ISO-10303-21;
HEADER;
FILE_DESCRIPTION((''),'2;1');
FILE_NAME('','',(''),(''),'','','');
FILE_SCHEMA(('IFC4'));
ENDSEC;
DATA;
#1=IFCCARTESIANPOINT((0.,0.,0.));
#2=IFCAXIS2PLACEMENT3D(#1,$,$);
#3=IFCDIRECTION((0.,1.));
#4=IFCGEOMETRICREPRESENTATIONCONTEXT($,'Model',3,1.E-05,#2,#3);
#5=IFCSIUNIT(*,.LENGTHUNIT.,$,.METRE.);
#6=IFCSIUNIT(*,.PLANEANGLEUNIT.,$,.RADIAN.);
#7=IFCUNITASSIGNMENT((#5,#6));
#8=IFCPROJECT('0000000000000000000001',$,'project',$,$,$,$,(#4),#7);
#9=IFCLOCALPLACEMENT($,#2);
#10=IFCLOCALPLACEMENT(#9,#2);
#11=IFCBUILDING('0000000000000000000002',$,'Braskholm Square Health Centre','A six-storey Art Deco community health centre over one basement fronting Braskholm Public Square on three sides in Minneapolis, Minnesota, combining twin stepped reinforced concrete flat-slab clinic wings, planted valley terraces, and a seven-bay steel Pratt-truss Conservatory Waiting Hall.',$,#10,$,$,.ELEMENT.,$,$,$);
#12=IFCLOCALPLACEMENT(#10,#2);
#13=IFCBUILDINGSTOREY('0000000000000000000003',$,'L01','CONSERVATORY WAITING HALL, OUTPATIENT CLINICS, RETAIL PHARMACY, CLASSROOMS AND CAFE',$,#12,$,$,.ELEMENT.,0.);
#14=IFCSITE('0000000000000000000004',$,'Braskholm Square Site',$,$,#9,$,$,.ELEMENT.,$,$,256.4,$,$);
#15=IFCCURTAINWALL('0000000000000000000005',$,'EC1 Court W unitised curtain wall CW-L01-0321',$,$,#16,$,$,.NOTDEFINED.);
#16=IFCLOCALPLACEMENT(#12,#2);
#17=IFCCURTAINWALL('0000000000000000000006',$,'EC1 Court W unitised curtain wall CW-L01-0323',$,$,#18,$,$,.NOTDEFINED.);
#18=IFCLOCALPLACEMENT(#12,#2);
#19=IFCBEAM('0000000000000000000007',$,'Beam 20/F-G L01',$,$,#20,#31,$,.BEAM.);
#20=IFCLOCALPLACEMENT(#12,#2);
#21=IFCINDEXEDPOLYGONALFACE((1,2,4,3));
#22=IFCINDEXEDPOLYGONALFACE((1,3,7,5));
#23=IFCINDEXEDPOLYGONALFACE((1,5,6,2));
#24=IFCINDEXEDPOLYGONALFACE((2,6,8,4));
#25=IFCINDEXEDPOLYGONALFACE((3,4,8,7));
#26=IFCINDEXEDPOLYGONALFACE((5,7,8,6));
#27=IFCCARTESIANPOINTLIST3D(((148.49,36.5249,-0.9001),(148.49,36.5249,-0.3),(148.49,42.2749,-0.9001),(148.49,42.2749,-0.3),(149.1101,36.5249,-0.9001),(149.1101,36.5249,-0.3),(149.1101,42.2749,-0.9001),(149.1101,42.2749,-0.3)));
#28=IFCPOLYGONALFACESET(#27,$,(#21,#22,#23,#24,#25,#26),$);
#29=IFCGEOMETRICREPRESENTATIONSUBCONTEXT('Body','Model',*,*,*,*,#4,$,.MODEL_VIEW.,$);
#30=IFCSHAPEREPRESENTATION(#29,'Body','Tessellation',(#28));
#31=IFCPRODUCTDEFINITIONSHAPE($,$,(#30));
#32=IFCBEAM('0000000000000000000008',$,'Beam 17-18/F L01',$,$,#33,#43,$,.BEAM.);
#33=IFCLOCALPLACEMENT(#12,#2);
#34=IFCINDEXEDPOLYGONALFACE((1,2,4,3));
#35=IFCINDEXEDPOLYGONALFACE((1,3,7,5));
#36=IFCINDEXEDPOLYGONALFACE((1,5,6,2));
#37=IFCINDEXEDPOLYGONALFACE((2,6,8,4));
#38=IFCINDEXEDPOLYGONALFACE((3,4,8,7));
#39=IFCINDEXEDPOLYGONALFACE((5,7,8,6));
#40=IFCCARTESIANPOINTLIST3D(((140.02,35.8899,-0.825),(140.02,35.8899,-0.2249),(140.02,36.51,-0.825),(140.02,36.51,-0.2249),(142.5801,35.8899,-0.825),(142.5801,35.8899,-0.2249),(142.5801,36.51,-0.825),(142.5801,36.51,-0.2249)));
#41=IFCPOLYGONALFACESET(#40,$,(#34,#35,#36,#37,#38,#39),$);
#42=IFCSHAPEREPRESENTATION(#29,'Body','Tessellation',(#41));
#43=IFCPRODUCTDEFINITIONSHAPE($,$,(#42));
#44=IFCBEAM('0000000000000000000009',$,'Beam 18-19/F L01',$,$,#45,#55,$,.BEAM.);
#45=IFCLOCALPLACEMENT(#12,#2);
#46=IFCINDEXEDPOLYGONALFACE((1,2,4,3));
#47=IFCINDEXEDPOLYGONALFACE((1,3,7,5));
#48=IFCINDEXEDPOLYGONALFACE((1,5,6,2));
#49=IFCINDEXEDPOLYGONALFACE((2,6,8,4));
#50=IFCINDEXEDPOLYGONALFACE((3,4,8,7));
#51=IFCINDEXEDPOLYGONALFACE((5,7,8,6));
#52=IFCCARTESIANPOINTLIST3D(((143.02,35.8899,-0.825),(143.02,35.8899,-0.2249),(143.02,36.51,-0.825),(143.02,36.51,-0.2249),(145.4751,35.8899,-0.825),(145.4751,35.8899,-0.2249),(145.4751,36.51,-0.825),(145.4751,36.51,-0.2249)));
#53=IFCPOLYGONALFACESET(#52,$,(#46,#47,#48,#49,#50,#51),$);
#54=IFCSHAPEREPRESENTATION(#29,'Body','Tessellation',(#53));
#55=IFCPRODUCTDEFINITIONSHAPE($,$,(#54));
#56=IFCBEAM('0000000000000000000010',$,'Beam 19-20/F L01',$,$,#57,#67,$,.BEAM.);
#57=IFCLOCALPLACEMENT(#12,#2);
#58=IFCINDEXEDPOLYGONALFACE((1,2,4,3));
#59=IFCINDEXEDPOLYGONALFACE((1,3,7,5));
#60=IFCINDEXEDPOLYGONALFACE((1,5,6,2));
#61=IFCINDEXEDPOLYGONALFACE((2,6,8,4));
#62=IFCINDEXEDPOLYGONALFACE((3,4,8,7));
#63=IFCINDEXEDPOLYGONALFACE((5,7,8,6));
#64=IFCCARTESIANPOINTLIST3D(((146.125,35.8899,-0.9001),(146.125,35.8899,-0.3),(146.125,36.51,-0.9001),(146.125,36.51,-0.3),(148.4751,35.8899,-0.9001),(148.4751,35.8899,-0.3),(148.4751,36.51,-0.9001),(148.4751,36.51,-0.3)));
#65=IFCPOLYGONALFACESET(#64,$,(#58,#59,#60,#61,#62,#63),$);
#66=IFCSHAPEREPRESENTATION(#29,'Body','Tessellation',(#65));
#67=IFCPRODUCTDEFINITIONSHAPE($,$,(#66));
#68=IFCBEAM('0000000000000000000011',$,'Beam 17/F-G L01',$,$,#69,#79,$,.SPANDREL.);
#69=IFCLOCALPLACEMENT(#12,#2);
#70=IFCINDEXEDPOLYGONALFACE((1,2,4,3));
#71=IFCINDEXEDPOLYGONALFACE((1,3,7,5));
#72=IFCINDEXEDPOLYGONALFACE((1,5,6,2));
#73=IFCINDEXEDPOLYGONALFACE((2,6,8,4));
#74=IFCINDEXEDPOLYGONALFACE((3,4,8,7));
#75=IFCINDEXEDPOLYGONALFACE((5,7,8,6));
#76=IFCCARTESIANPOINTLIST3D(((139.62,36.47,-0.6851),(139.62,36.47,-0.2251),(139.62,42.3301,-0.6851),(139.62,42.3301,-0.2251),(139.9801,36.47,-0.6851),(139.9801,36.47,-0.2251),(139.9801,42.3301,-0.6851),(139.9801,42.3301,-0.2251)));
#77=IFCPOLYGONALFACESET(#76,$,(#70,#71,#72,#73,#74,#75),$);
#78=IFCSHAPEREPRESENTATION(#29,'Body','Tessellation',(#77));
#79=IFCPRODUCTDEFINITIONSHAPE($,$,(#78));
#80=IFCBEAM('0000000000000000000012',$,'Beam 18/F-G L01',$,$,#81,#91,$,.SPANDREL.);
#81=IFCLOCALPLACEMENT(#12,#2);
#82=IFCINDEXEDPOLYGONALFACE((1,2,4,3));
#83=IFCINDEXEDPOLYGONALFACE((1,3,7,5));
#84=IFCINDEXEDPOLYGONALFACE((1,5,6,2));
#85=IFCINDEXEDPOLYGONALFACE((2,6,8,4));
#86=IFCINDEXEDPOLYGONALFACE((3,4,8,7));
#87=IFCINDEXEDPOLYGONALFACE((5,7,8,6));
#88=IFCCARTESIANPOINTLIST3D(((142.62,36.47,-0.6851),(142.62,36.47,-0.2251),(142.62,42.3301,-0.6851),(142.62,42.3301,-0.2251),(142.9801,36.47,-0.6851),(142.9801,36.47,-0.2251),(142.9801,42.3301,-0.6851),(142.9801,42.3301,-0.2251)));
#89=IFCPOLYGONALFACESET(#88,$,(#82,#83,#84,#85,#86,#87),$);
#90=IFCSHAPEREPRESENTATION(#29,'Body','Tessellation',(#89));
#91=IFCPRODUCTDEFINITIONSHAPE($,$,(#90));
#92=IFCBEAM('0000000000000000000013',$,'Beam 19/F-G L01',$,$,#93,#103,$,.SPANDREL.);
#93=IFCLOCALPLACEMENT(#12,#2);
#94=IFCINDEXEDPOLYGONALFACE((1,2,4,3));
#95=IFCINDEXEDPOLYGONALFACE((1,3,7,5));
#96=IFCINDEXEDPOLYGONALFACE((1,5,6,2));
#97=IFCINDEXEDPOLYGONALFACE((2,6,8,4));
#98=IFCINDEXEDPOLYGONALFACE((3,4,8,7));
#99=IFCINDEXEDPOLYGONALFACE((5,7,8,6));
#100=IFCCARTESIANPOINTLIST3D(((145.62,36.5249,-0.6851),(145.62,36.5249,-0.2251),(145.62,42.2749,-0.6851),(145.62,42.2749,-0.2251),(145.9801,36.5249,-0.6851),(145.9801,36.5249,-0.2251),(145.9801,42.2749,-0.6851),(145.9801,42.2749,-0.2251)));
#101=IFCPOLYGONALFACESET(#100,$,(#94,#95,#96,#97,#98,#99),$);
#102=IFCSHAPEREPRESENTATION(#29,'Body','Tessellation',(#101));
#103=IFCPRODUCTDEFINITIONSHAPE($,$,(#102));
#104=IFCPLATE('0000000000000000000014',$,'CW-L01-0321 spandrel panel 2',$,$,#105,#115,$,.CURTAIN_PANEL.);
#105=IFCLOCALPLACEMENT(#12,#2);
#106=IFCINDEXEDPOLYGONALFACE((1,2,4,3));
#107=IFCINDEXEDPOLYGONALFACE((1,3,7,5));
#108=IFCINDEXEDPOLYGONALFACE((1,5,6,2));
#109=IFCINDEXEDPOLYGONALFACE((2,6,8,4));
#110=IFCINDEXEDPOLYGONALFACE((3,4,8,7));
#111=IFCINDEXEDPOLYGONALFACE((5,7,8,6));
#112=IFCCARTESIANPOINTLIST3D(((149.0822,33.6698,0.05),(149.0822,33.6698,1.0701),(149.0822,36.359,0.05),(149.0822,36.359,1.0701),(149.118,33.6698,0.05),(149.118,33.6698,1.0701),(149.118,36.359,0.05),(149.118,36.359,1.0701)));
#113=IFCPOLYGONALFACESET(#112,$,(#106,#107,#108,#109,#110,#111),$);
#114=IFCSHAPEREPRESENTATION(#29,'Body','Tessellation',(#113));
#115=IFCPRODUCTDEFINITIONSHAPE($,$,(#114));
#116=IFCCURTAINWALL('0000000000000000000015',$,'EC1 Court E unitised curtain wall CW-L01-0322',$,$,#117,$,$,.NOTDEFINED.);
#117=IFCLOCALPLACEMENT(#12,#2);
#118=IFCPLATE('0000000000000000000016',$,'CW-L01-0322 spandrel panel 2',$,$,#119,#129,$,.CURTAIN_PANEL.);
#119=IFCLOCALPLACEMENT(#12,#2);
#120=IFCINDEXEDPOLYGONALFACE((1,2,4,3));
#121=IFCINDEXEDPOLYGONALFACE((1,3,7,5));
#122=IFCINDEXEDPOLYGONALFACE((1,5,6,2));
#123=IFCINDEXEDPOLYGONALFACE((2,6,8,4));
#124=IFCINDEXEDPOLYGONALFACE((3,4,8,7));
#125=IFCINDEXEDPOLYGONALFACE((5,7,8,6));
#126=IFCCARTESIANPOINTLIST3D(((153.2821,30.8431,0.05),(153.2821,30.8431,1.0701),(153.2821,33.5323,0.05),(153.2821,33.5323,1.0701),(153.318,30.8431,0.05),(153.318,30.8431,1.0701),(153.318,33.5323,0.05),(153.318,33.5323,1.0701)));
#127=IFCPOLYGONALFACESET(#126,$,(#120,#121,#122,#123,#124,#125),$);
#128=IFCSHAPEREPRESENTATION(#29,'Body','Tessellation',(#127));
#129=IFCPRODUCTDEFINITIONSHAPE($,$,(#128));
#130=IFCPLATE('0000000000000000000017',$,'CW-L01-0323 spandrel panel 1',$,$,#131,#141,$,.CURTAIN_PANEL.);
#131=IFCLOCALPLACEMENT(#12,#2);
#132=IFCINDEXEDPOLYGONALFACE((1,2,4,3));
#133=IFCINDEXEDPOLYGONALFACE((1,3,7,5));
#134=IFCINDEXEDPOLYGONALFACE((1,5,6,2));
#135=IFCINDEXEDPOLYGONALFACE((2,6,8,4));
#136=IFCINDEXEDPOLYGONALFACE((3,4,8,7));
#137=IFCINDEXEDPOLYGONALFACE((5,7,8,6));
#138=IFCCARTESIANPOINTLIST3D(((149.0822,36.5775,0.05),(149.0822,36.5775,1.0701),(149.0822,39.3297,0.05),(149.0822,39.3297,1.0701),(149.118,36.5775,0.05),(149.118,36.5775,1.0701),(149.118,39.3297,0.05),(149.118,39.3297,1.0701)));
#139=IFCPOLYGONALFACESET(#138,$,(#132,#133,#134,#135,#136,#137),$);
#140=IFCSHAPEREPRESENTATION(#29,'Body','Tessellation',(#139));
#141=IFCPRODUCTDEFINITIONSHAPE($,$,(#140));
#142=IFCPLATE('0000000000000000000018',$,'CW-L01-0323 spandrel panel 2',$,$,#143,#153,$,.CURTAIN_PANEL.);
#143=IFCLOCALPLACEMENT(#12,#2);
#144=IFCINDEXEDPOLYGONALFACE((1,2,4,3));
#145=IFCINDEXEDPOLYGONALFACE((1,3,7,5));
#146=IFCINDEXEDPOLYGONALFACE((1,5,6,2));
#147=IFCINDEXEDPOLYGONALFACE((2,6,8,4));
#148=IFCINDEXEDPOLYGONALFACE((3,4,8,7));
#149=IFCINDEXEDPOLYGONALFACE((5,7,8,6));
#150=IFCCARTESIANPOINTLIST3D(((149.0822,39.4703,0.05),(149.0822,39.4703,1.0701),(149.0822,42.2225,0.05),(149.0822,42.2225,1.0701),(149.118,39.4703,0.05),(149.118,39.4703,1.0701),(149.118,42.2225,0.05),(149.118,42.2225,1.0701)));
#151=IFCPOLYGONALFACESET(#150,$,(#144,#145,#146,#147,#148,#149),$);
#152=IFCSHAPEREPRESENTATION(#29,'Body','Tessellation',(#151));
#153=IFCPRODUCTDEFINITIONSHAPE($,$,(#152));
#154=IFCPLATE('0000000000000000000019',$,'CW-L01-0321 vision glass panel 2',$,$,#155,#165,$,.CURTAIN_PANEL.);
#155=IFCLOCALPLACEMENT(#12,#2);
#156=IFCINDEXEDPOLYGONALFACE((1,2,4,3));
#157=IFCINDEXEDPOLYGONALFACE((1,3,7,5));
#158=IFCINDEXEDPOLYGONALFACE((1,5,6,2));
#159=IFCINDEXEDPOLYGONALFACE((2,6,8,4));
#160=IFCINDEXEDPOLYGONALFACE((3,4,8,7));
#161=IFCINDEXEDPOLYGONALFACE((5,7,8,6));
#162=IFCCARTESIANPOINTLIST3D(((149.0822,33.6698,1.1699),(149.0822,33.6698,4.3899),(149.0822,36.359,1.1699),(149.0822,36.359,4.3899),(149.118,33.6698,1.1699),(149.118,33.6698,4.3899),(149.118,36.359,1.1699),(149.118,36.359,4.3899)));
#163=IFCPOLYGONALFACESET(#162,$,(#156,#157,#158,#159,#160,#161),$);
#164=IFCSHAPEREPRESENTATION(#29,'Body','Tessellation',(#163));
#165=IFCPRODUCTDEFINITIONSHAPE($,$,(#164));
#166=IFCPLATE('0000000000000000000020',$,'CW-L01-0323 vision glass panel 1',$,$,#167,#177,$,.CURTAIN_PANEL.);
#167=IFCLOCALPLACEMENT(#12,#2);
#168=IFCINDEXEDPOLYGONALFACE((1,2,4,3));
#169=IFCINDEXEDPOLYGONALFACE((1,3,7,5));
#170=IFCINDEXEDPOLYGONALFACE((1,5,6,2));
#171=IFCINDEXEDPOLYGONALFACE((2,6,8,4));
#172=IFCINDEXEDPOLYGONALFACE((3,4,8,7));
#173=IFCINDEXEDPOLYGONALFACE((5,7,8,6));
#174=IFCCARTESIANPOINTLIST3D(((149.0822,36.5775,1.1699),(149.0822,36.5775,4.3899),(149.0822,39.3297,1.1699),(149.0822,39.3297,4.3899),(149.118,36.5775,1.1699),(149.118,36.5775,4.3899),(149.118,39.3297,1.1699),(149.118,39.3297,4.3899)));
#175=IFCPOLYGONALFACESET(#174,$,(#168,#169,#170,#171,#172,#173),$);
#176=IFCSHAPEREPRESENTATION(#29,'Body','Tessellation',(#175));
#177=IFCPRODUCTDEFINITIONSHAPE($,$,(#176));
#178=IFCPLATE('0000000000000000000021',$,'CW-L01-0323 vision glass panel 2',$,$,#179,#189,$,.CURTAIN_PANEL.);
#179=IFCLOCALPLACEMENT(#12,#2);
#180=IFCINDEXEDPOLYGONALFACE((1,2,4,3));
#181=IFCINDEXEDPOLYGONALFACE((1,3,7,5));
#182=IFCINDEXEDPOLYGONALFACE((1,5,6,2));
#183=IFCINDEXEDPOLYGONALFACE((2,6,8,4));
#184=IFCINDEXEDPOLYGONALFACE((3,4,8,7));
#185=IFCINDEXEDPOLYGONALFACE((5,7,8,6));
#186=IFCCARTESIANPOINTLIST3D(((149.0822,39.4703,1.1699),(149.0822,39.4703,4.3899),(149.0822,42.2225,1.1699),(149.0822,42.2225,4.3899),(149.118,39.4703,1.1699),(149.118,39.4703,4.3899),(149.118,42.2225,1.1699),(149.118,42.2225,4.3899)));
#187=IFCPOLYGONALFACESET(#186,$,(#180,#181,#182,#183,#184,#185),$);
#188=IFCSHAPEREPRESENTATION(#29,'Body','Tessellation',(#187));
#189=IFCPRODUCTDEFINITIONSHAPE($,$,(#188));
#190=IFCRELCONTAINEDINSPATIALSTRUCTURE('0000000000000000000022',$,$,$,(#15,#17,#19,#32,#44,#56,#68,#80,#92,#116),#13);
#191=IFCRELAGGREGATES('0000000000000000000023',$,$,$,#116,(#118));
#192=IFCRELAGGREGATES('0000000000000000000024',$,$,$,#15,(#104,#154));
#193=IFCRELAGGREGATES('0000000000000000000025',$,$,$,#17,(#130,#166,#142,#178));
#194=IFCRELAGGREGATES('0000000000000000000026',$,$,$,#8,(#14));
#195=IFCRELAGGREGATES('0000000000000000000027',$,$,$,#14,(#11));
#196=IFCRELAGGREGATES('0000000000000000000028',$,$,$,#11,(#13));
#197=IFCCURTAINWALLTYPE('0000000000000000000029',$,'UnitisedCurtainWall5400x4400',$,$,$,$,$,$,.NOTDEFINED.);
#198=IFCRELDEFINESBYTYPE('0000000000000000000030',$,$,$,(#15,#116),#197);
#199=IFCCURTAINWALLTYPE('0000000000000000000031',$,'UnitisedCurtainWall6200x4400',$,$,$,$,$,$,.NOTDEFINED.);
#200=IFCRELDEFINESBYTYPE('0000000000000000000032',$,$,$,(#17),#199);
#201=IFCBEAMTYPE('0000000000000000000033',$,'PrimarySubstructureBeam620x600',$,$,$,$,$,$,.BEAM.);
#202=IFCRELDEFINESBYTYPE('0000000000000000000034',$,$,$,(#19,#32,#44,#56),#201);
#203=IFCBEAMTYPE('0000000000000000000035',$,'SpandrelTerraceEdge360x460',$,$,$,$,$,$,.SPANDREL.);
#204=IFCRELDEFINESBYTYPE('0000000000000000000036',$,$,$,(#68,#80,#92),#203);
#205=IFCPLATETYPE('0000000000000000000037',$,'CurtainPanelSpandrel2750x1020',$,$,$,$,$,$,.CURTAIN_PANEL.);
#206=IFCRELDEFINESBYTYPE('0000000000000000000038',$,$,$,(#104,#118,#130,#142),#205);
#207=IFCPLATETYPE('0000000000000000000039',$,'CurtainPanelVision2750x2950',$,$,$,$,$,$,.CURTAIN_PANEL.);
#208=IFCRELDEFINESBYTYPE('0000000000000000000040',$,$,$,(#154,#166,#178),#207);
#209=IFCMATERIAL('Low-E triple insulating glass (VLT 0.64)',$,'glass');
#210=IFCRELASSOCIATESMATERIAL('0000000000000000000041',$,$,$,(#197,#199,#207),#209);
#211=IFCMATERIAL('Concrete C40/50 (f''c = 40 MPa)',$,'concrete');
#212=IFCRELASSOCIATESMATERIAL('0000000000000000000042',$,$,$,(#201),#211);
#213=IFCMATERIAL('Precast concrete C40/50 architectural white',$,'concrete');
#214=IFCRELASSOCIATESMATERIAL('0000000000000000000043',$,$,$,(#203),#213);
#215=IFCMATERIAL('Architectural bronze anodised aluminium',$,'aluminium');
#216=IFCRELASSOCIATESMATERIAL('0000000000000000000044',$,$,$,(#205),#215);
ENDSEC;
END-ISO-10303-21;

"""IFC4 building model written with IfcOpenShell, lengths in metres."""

from ifc_helpers import new_model, si_unit, direction, frame, origin, origin_2d, place, context, subcontext, project, spatial, rectangle, extrude, material, material_profile, profile_set, type_object, element, aggregate, save


model = new_model("IFC4")

# Units and contexts
model_context = context("Model", 3, precision=1e-05, world=origin(), true_north=direction((0.0, 1.0)))
body_context = subcontext(model_context, "Body", "Model", "MODEL_VIEW")
ifc_project = project(units=[si_unit("LENGTHUNIT", "METRE"), si_unit("PLANEANGLEUNIT", "RADIAN")], contexts=[model_context])

# Site, building, storey
site_placement = place(None, origin())
site = spatial("IfcSite", under=ifc_project, at=site_placement, Name="Braskholm Square Site", CompositionType="ELEMENT", RefElevation=256.4)
building_placement = place(site_placement, origin())
building = spatial("IfcBuilding", under=site, at=building_placement, Name="Braskholm Square Health Centre", Description="A six-storey Art Deco community health centre over one basement fronting Braskholm Public Square on three sides in Minneapolis, Minnesota, combining twin stepped reinforced concrete flat-slab clinic wings, planted valley terraces, and a seven-bay steel Pratt-truss Conservatory Waiting Hall.", CompositionType="ELEMENT")
storey_placement = place(building_placement, origin())
storey = spatial("IfcBuildingStorey", under=building, at=storey_placement, Name="L01", Description="CONSERVATORY WAITING HALL, OUTPATIENT CLINICS, RETAIL PHARMACY, CLASSROOMS AND CAFE", CompositionType="ELEMENT", Elevation=0.0)

# Shared definitions
ifc_material_1 = material(Name="Concrete C40/50 (f'c = 40 MPa)", Category="concrete")
ifc_material_2 = material(Name="Precast concrete C40/50 architectural white", Category="concrete")

# Curtain walls
ifc_material_3 = material(Name="Low-E triple insulating glass (VLT 0.64)", Category="glass")
curtain_wall_type_1 = type_object("IfcCurtainWallType", Name="UnitisedCurtainWall5400x4400", PredefinedType="NOTDEFINED", material=ifc_material_3)
curtain_wall_1_placement = place(storey_placement, origin())
curtain_wall_1 = element("IfcCurtainWall", 1, at=curtain_wall_1_placement, inside=storey, type_object=curtain_wall_type_1, Name="EC1 Court W unitised curtain wall CW-L01-0321", PredefinedType="NOTDEFINED")
ifc_material_4 = material(Name="Architectural bronze anodised aluminium", Category="aluminium")
curtain_wall_type_2 = type_object("IfcCurtainWallType", Name="UnitisedCurtainWall6200x4400", PredefinedType="NOTDEFINED", material=ifc_material_3)
curtain_wall_2_placement = place(storey_placement, origin())
curtain_wall_2 = element("IfcCurtainWall", 2, at=curtain_wall_2_placement, inside=storey, type_object=curtain_wall_type_2, Name="EC1 Court W unitised curtain wall CW-L01-0323", PredefinedType="NOTDEFINED")

# Beams
ifc_material_profile_1 = material_profile(ifc_material_1, rectangle(XDim=0.6201, YDim=0.6001, at=origin_2d()), Name="RCB-620X600")
ifc_profile_set_1 = profile_set([ifc_material_profile_1], Name="Concrete C40/50 (f'c = 40 MPa)")
beam_type_1 = type_object("IfcBeamType", Name="PrimarySubstructureBeam620x600", PredefinedType="BEAM", material=ifc_profile_set_1)
beam_1_placement = place(storey_placement, frame((148.8, 36.5249, -0.6001), z_axis=(0.0, 1.0, 0.0), x_axis=(-1.0, 0.0, 0.0)))
element("IfcBeam", 3, at=beam_1_placement, inside=storey, type_object=beam_type_1, Name="Beam 20/F-G L01", PredefinedType="BEAM", context=body_context, shape_type="SweptSolid", body=[
    extrude(rectangle(XDim=0.6201, YDim=0.6001, at=origin_2d()), origin(), (0.0, 0.0, 1.0), 5.75),
])
beam_2_placement = place(storey_placement, frame((140.02, 36.2, -0.5249), z_axis=(1.0, 0.0, 0.0), x_axis=(0.0, 1.0, 0.0)))
element("IfcBeam", 4, at=beam_2_placement, inside=storey, type_object=beam_type_1, Name="Beam 17-18/F L01", PredefinedType="BEAM", context=body_context, shape_type="SweptSolid", body=[
    extrude(rectangle(XDim=0.6201, YDim=0.6001, at=origin_2d()), origin(), (0.0, 0.0, 1.0), 2.5601),
])
beam_3_placement = place(storey_placement, frame((143.02, 36.2, -0.5249), z_axis=(1.0, 0.0, 0.0), x_axis=(0.0, 1.0, 0.0)))
element("IfcBeam", 5, at=beam_3_placement, inside=storey, type_object=beam_type_1, Name="Beam 18-19/F L01", PredefinedType="BEAM", context=body_context, shape_type="SweptSolid", body=[
    extrude(rectangle(XDim=0.6201, YDim=0.6001, at=origin_2d()), origin(), (0.0, 0.0, 1.0), 2.4551),
])
beam_4_placement = place(storey_placement, frame((146.125, 36.2, -0.6001), z_axis=(1.0, 0.0, 0.0), x_axis=(0.0, 1.0, 0.0)))
element("IfcBeam", 6, at=beam_4_placement, inside=storey, type_object=beam_type_1, Name="Beam 19-20/F L01", PredefinedType="BEAM", context=body_context, shape_type="SweptSolid", body=[
    extrude(rectangle(XDim=0.6201, YDim=0.6001, at=origin_2d()), origin(), (0.0, 0.0, 1.0), 2.3501),
])
ifc_material_profile_2 = material_profile(ifc_material_2, rectangle(XDim=0.3601, YDim=0.46, at=origin_2d()), Name="RCB-360X460")
ifc_profile_set_2 = profile_set([ifc_material_profile_2], Name="Precast concrete C40/50 architectural white")
beam_type_2 = type_object("IfcBeamType", Name="SpandrelTerraceEdge360x460", PredefinedType="SPANDREL", material=ifc_profile_set_2)
for number, where, z_axis, x_axis, name in (
    (7, (139.8, 36.47, -0.4551), (0.0, 1.0, 0.0), (-1.0, 0.0, 0.0), "Beam 17/F-G L01"),
    (8, (142.8, 36.47, -0.4551), (0.0, 1.0, 0.0), (-1.0, 0.0, 0.0), "Beam 18/F-G L01"),
):
    element("IfcBeam", number, at=place(storey_placement, frame(where, z_axis=z_axis, x_axis=x_axis)), inside=storey, type_object=beam_type_2, Name=name, PredefinedType="SPANDREL", context=body_context, shape_type="SweptSolid", body=[
        extrude(rectangle(XDim=0.3601, YDim=0.46, at=origin_2d()), origin(), (0.0, 0.0, 1.0), 5.8601),
    ])
beam_5_placement = place(storey_placement, frame((145.8, 36.5249, -0.4551), z_axis=(0.0, 1.0, 0.0), x_axis=(-1.0, 0.0, 0.0)))
element("IfcBeam", 9, at=beam_5_placement, inside=storey, type_object=beam_type_2, Name="Beam 19/F-G L01", PredefinedType="SPANDREL", context=body_context, shape_type="SweptSolid", body=[
    extrude(rectangle(XDim=0.3601, YDim=0.46, at=origin_2d()), origin(), (0.0, 0.0, 1.0), 5.75),
])

# Plate
plate_type_1 = type_object("IfcPlateType", Name="CurtainPanelSpandrel2750x1020", PredefinedType="CURTAIN_PANEL", material=ifc_material_4)
plate_1_placement = place(storey_placement, frame((149.1001, 35.0144, 0.05), z_axis=(0.0, 0.0, 1.0), x_axis=(0.0, 1.0, 0.0)))
plate_1 = element("IfcPlate", 10, at=plate_1_placement, type_object=plate_type_1, Name="CW-L01-0321 spandrel panel 2", PredefinedType="CURTAIN_PANEL", context=body_context, shape_type="SweptSolid", body=[
    extrude(rectangle(XDim=2.6892, YDim=0.0359, at=origin_2d()), origin(), (0.0, 0.0, 1.0), 1.02),
])

# Curtain wall, plate
curtain_wall_3_placement = place(storey_placement, origin())
curtain_wall_3 = element("IfcCurtainWall", 11, at=curtain_wall_3_placement, inside=storey, type_object=curtain_wall_type_1, Name="EC1 Court E unitised curtain wall CW-L01-0322", PredefinedType="NOTDEFINED")
plate_2_placement = place(storey_placement, frame((153.3, 32.1877, 0.05), z_axis=(0.0, 0.0, 1.0), x_axis=(0.0, -1.0, 0.0)))
plate_2 = element("IfcPlate", 12, at=plate_2_placement, type_object=plate_type_1, Name="CW-L01-0322 spandrel panel 2", PredefinedType="CURTAIN_PANEL", context=body_context, shape_type="SweptSolid", body=[
    extrude(rectangle(XDim=2.6892, YDim=0.0359, at=origin_2d()), origin(), (0.0, 0.0, 1.0), 1.02),
])
aggregate(curtain_wall_3, [plate_2])

# Plates
plate_3_placement = place(storey_placement, frame((149.1001, 37.9536, 0.05), z_axis=(0.0, 0.0, 1.0), x_axis=(0.0, 1.0, 0.0)))
plate_3 = element("IfcPlate", 13, at=plate_3_placement, type_object=plate_type_1, Name="CW-L01-0323 spandrel panel 1", PredefinedType="CURTAIN_PANEL", context=body_context, shape_type="SweptSolid", body=[
    extrude(rectangle(XDim=2.7522, YDim=0.0359, at=origin_2d()), origin(), (0.0, 0.0, 1.0), 1.02),
])
plate_4_placement = place(storey_placement, frame((149.1001, 40.8464, 0.05), z_axis=(0.0, 0.0, 1.0), x_axis=(0.0, 1.0, 0.0)))
plate_4 = element("IfcPlate", 14, at=plate_4_placement, type_object=plate_type_1, Name="CW-L01-0323 spandrel panel 2", PredefinedType="CURTAIN_PANEL", context=body_context, shape_type="SweptSolid", body=[
    extrude(rectangle(XDim=2.7522, YDim=0.0359, at=origin_2d()), origin(), (0.0, 0.0, 1.0), 1.02),
])
plate_type_2 = type_object("IfcPlateType", Name="CurtainPanelVision2750x2950", PredefinedType="CURTAIN_PANEL", material=ifc_material_3)
plate_5_placement = place(storey_placement, frame((149.1001, 35.0144, 1.1699), z_axis=(0.0, 0.0, 1.0), x_axis=(0.0, 1.0, 0.0)))
plate_5 = element("IfcPlate", 15, at=plate_5_placement, type_object=plate_type_2, Name="CW-L01-0321 vision glass panel 2", PredefinedType="CURTAIN_PANEL", context=body_context, shape_type="SweptSolid", body=[
    extrude(rectangle(XDim=2.6892, YDim=0.0359, at=origin_2d()), origin(), (0.0, 0.0, 1.0), 3.22),
])
aggregate(curtain_wall_1, [plate_1, plate_5])
plate_6_placement = place(storey_placement, frame((149.1001, 37.9536, 1.1699), z_axis=(0.0, 0.0, 1.0), x_axis=(0.0, 1.0, 0.0)))
plate_6 = element("IfcPlate", 16, at=plate_6_placement, type_object=plate_type_2, Name="CW-L01-0323 vision glass panel 1", PredefinedType="CURTAIN_PANEL", context=body_context, shape_type="SweptSolid", body=[
    extrude(rectangle(XDim=2.7522, YDim=0.0359, at=origin_2d()), origin(), (0.0, 0.0, 1.0), 3.22),
])
plate_7_placement = place(storey_placement, frame((149.1001, 40.8464, 1.1699), z_axis=(0.0, 0.0, 1.0), x_axis=(0.0, 1.0, 0.0)))
plate_7 = element("IfcPlate", 17, at=plate_7_placement, type_object=plate_type_2, Name="CW-L01-0323 vision glass panel 2", PredefinedType="CURTAIN_PANEL", context=body_context, shape_type="SweptSolid", body=[
    extrude(rectangle(XDim=2.7522, YDim=0.0359, at=origin_2d()), origin(), (0.0, 0.0, 1.0), 3.22),
])
aggregate(curtain_wall_2, [plate_3, plate_6, plate_4, plate_7])

save(model, "model.ifc")
